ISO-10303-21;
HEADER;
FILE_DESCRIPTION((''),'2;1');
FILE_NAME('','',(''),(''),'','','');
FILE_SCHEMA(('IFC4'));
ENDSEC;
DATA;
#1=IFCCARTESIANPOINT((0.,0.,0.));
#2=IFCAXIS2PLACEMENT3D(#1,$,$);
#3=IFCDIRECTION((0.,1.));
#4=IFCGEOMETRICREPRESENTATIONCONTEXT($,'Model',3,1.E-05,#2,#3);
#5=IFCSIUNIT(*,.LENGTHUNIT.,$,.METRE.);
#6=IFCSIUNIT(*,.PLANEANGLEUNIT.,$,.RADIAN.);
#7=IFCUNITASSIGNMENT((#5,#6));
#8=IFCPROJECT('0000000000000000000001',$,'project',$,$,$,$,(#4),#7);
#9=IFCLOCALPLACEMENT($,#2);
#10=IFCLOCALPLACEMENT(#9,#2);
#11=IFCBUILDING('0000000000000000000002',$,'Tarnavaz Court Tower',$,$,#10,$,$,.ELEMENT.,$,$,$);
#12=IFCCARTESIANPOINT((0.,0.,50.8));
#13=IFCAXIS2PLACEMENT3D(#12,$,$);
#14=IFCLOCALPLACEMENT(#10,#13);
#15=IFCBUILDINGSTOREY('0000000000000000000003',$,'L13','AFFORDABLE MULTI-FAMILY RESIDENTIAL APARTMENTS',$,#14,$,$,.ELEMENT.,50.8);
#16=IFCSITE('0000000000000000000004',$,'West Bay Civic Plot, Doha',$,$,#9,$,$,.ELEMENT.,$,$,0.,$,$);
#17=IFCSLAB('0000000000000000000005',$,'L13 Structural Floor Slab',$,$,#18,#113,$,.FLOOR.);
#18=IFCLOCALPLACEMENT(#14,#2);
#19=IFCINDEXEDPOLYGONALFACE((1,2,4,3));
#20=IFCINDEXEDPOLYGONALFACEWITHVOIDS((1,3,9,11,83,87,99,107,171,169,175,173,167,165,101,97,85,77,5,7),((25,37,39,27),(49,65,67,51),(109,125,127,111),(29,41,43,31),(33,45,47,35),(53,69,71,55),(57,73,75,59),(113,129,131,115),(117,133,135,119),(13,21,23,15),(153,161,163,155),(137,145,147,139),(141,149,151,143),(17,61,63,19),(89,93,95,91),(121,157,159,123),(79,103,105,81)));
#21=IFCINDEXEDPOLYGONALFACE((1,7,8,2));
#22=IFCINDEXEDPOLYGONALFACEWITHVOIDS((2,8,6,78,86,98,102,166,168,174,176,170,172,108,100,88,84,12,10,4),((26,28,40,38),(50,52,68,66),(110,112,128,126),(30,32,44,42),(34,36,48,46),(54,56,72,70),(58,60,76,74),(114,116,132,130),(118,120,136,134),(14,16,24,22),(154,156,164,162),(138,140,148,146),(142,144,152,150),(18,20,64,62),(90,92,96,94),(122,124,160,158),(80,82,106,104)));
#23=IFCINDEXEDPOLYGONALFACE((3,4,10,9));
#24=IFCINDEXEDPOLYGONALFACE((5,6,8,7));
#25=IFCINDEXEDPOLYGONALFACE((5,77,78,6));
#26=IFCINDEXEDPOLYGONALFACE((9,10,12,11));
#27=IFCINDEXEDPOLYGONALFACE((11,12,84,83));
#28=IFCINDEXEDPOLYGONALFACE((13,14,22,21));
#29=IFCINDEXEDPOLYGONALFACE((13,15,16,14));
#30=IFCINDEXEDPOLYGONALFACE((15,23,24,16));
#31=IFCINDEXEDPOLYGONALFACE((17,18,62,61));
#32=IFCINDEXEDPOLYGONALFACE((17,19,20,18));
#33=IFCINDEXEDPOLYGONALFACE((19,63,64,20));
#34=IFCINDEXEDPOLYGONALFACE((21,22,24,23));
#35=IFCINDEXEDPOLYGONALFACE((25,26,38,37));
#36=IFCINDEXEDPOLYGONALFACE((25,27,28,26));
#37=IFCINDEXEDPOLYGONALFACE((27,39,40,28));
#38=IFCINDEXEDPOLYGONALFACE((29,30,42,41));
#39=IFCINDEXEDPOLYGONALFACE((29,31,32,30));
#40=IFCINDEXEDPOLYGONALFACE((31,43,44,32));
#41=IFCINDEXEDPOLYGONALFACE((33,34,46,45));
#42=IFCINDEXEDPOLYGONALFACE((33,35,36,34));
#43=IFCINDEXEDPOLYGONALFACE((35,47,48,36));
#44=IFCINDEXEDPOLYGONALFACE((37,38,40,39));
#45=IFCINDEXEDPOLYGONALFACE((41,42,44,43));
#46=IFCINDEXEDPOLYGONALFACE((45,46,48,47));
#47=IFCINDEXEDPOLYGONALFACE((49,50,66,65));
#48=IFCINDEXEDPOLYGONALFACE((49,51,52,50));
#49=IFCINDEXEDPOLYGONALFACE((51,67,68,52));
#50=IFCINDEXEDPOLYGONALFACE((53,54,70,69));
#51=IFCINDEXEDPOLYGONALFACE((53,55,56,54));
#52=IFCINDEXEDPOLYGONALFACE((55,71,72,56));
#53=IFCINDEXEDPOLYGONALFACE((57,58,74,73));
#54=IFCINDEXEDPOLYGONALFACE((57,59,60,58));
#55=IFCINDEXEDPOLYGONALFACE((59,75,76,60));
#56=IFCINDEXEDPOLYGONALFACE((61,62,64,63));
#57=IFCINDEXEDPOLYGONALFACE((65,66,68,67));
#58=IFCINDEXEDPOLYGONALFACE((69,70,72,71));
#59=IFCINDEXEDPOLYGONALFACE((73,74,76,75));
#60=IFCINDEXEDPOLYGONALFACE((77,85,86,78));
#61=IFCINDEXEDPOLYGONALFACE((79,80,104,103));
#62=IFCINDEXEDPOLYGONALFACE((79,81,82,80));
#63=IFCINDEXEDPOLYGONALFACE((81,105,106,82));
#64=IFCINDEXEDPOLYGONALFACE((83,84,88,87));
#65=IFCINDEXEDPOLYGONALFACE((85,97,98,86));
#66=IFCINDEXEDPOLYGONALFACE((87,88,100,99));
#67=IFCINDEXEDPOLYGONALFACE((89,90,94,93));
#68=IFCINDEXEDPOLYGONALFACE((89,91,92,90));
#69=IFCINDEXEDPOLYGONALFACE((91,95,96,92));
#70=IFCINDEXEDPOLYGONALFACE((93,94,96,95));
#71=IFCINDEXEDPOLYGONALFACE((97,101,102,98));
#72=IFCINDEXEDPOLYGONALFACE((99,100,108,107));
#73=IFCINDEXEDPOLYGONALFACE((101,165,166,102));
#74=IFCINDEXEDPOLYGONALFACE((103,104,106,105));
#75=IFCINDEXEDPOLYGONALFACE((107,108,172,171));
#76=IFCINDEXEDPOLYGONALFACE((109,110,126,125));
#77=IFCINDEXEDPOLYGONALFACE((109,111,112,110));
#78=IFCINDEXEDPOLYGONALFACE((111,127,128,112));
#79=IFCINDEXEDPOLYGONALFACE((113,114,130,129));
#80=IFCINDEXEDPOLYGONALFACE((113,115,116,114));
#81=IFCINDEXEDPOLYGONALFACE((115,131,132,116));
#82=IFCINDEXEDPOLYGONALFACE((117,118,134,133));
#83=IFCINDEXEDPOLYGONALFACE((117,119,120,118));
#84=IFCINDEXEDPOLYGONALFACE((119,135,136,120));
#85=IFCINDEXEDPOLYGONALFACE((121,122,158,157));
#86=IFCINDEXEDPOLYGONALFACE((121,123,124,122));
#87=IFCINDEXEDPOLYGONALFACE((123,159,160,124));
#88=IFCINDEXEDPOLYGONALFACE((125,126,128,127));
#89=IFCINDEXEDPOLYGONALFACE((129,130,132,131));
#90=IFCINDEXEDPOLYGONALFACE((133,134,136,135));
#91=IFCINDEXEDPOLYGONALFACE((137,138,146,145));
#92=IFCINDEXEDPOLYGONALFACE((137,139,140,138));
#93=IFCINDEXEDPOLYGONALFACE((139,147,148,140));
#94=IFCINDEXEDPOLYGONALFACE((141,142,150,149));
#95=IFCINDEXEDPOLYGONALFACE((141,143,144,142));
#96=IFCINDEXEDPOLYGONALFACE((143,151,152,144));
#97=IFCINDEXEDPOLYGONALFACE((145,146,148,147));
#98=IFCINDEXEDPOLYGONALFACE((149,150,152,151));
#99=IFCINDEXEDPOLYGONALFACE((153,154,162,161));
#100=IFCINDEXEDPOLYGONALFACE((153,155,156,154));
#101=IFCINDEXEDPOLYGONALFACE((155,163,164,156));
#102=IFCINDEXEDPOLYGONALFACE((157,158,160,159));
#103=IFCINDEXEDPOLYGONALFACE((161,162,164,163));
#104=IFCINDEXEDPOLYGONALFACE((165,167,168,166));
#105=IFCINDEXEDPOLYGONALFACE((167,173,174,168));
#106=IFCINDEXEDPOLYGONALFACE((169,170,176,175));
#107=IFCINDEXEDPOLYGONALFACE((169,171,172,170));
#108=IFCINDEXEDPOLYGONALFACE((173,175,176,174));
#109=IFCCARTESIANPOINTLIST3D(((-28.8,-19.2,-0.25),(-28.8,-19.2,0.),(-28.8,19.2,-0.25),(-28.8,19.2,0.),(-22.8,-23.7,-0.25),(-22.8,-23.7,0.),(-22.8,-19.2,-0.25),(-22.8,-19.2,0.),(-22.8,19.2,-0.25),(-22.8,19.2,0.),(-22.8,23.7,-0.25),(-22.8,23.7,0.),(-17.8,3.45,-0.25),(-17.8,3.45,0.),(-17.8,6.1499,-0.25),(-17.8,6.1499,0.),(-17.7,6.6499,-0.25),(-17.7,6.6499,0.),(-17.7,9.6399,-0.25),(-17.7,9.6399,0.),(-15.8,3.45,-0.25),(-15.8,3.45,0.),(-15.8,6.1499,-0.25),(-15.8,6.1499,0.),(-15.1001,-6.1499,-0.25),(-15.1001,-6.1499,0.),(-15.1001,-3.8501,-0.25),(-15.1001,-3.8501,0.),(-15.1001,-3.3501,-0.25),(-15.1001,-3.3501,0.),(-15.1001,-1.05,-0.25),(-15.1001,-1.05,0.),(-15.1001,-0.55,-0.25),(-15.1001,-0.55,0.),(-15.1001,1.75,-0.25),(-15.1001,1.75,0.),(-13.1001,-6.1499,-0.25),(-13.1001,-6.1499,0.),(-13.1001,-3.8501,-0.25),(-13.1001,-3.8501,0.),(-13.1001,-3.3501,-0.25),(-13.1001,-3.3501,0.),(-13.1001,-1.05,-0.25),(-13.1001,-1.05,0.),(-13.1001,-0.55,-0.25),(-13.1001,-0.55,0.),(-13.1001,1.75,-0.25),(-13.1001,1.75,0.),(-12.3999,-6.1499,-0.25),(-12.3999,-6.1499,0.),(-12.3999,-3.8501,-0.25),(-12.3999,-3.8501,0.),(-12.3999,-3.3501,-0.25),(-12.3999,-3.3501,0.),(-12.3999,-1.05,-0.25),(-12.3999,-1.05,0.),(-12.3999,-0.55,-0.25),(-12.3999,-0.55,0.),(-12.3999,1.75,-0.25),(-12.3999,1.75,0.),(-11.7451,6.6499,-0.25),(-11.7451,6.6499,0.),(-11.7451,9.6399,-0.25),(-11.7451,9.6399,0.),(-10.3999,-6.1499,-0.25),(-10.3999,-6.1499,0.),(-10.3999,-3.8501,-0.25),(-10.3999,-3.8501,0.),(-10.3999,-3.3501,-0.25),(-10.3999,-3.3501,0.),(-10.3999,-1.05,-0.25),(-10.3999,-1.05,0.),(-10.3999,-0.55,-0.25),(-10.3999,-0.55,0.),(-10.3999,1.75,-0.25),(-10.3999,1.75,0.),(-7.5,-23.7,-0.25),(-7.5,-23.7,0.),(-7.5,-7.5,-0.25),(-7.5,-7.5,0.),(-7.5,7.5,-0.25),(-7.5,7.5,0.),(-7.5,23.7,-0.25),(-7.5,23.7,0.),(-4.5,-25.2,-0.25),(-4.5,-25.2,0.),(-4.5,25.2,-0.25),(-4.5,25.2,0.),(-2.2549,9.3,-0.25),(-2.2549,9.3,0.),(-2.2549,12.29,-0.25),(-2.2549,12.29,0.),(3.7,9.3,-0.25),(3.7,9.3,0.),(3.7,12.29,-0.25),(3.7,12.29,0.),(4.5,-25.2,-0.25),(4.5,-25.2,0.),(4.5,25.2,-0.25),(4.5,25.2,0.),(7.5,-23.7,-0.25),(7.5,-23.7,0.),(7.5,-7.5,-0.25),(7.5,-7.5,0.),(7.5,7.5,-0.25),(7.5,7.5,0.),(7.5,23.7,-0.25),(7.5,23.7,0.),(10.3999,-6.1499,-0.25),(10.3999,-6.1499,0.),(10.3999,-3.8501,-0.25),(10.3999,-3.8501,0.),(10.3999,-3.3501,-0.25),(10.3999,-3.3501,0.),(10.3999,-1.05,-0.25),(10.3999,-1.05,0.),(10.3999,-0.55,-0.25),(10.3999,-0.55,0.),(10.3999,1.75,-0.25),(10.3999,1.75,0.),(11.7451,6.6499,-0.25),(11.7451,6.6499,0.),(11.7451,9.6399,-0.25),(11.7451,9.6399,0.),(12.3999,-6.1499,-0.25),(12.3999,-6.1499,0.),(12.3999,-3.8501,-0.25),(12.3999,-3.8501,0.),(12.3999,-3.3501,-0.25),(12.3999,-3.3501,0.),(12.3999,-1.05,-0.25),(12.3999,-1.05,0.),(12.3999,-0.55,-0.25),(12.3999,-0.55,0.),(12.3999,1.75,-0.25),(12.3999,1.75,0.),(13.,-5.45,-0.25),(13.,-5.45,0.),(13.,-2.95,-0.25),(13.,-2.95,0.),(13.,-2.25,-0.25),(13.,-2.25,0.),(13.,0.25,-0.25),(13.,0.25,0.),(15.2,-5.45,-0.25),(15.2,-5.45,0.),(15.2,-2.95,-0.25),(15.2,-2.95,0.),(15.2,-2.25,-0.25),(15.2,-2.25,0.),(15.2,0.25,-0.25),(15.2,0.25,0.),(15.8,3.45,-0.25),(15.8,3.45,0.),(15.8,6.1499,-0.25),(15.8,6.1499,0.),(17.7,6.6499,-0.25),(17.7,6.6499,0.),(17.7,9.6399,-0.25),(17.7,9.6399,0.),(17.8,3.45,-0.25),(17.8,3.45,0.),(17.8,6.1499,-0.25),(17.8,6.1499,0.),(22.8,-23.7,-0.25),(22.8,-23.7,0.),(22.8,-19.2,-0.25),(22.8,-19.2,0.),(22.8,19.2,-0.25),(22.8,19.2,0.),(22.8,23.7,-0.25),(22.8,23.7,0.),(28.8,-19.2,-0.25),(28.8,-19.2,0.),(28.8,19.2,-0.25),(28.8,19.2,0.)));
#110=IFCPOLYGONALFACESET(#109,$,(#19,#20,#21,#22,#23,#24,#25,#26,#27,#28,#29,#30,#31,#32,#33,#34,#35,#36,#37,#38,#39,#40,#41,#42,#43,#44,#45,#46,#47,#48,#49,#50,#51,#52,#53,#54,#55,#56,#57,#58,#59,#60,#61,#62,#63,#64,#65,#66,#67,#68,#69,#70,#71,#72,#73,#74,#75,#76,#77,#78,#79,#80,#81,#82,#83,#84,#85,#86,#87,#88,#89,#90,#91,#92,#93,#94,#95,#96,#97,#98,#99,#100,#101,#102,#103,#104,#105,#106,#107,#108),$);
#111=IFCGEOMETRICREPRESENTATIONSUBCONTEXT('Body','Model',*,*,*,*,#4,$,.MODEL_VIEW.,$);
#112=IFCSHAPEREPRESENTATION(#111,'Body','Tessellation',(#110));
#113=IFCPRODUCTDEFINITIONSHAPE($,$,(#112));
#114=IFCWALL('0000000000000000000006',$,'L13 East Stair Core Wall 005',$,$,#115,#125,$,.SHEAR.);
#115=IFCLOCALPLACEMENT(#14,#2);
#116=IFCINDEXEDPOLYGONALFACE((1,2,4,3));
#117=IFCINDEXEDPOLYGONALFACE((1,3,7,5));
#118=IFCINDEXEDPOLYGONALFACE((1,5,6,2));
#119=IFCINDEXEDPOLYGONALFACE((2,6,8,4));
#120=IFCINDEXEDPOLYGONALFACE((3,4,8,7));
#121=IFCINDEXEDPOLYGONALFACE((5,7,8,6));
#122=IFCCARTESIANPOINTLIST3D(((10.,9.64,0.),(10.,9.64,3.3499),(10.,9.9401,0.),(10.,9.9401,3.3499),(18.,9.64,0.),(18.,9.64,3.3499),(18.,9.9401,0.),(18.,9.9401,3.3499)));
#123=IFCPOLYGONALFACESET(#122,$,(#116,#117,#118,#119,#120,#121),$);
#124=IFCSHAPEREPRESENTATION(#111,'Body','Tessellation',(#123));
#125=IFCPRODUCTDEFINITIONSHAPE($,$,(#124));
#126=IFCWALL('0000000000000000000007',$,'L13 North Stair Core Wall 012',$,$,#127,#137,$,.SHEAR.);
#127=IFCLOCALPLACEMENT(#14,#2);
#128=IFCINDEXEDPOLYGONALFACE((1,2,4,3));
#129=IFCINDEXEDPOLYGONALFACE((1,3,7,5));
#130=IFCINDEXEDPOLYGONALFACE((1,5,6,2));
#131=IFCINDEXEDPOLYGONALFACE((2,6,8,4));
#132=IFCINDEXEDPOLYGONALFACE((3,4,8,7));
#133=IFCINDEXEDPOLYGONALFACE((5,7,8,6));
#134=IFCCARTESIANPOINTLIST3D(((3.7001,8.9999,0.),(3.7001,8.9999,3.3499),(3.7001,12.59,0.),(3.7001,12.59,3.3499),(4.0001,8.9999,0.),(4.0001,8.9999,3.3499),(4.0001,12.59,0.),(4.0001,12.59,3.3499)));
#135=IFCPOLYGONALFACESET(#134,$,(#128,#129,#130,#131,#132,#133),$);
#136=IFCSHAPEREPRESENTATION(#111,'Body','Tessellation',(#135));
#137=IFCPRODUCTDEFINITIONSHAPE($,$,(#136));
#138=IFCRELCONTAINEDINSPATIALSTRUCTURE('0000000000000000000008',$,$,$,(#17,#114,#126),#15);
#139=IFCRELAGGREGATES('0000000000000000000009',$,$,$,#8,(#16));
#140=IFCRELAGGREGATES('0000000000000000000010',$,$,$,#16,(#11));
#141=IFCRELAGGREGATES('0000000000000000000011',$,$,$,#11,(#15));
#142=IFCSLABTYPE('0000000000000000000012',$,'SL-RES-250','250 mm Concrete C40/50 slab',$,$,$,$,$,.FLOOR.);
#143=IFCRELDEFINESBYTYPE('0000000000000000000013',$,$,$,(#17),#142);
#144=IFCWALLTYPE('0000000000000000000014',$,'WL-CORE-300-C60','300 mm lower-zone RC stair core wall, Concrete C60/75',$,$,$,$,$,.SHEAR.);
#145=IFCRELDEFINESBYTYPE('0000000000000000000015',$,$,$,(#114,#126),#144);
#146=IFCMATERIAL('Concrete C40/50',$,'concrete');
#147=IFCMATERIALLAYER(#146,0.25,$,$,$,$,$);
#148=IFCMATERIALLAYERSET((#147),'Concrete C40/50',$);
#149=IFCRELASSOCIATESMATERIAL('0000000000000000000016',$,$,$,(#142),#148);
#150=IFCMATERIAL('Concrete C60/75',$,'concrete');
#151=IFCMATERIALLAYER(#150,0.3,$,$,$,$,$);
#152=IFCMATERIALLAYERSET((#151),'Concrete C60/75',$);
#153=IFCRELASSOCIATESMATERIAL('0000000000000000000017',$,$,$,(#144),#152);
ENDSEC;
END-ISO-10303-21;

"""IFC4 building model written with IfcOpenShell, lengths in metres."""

from ifc_helpers import new_model, si_unit, direction, frame, frame_2d, origin, place, context, subcontext, project, spatial, polyline, rectangle, outline, extrude, material, layer, layer_set, type_object, element, save


model = new_model("IFC4")

# Units and contexts
model_context = context("Model", 3, precision=1e-05, world=origin(), true_north=direction((0.0, 1.0)))
body_context = subcontext(model_context, "Body", "Model", "MODEL_VIEW")
ifc_project = project(units=[si_unit("LENGTHUNIT", "METRE"), si_unit("PLANEANGLEUNIT", "RADIAN")], contexts=[model_context])

# Site, building, storey
site_placement = place(None, origin())
site = spatial("IfcSite", under=ifc_project, at=site_placement, Name="West Bay Civic Plot, Doha", CompositionType="ELEMENT", RefElevation=0.0)
building_placement = place(site_placement, origin())
building = spatial("IfcBuilding", under=site, at=building_placement, Name="Tarnavaz Court Tower", CompositionType="ELEMENT")
storey_placement = place(building_placement, frame((0.0, 0.0, 50.8)))
storey = spatial("IfcBuildingStorey", under=building, at=storey_placement, Name="L13", Description="AFFORDABLE MULTI-FAMILY RESIDENTIAL APARTMENTS", CompositionType="ELEMENT", Elevation=50.8)

# Shared definitions
ifc_material_1 = material(Name="Concrete C60/75", Category="concrete")

# Shared definitions
ifc_material_2 = material(Name="Concrete C40/50", Category="concrete")

# Slab
ifc_layer_1 = layer(ifc_material_2, 0.25)
ifc_layer_set_1 = layer_set([ifc_layer_1], Name="Concrete C40/50")
slab_type_1 = type_object("IfcSlabType", Name="SL-RES-250", Description="250 mm Concrete C40/50 slab", PredefinedType="FLOOR", material=ifc_layer_set_1)
slab_1_placement = place(storey_placement, frame((0.0, 0.0, -0.25)))
element("IfcSlab", 1, at=slab_1_placement, inside=storey, type_object=slab_type_1, Name="L13 Structural Floor Slab", PredefinedType="FLOOR", context=body_context, shape_type="SweptSolid", body=[
    extrude(outline(polyline([(-22.8, -23.7), (-7.5, -23.7), (-4.5, -25.2), (4.5, -25.2), (7.5, -23.7), (22.8, -23.7), (22.8, -19.2), (28.8, -19.2), (28.8, 19.2), (22.8, 19.2), (22.8, 23.7), (7.5, 23.7), (4.5, 25.2), (-4.5, 25.2), (-7.5, 23.7), (-22.8, 23.7), (-22.8, 19.2), (-28.8, 19.2), (-28.8, -19.2), (-22.8, -19.2), (-22.8, -23.7)]), holes=[polyline([(-7.5, -7.5), (7.5, -7.5), (7.5, 7.5), (-7.5, 7.5), (-7.5, -7.5)]), polyline([(-11.7451, 9.6399), (-17.7, 9.6399), (-17.7, 6.6499), (-11.7451, 6.6499), (-11.7451, 9.6399)]), polyline([(11.7451, 6.6499), (17.7, 6.6499), (17.7, 9.6399), (11.7451, 9.6399), (11.7451, 6.6499)]), polyline([(-2.2549, 9.3), (3.7, 9.3), (3.7, 12.29), (-2.2549, 12.29), (-2.2549, 9.3)]), polyline([(-17.8, 3.45), (-15.8, 3.45), (-15.8, 6.1499), (-17.8, 6.1499), (-17.8, 3.45)]), polyline([(-12.3999, -6.1499), (-10.3999, -6.1499), (-10.3999, -3.8501), (-12.3999, -3.8501), (-12.3999, -6.1499)]), polyline([(-12.3999, -3.3501), (-10.3999, -3.3501), (-10.3999, -1.05), (-12.3999, -1.05), (-12.3999, -3.3501)]), polyline([(-12.3999, -0.55), (-10.3999, -0.55), (-10.3999, 1.75), (-12.3999, 1.75), (-12.3999, -0.55)]), polyline([(-15.1001, -6.1499), (-13.1001, -6.1499), (-13.1001, -3.8501), (-15.1001, -3.8501), (-15.1001, -6.1499)]), polyline([(-15.1001, -3.3501), (-13.1001, -3.3501), (-13.1001, -1.05), (-15.1001, -1.05), (-15.1001, -3.3501)]), polyline([(-15.1001, -0.55), (-13.1001, -0.55), (-13.1001, 1.75), (-15.1001, 1.75), (-15.1001, -0.55)]), polyline([(15.8, 3.45), (17.8, 3.45), (17.8, 6.1499), (15.8, 6.1499), (15.8, 3.45)]), polyline([(10.3999, -6.1499), (12.3999, -6.1499), (12.3999, -3.8501), (10.3999, -3.8501), (10.3999, -6.1499)]), polyline([(10.3999, -3.3501), (12.3999, -3.3501), (12.3999, -1.05), (10.3999, -1.05), (10.3999, -3.3501)]), polyline([(10.3999, -0.55), (12.3999, -0.55), (12.3999, 1.75), (10.3999, 1.75), (10.3999, -0.55)]), polyline([(13.0, -5.45), (15.2, -5.45), (15.2, -2.95), (13.0, -2.95), (13.0, -5.45)]), polyline([(13.0, -2.25), (15.2, -2.25), (15.2, 0.25), (13.0, 0.25), (13.0, -2.25)])]), origin(), (0.0, 0.0, 1.0), 0.25),
])

# Wall
ifc_layer_2 = layer(ifc_material_1, 0.3)
ifc_layer_set_2 = layer_set([ifc_layer_2], Name="Concrete C60/75")
wall_type_1 = type_object("IfcWallType", Name="WL-CORE-300-C60", Description="300 mm lower-zone RC stair core wall, Concrete C60/75", PredefinedType="SHEAR", material=ifc_layer_set_2)
wall_1_placement = place(storey_placement, frame((10.0, 9.79, 0.0), z_axis=(0.0, 0.0, 1.0), x_axis=(1.0, 0.0, 0.0)))
element("IfcWall", 2, at=wall_1_placement, inside=storey, type_object=wall_type_1, Name="L13 East Stair Core Wall 005", PredefinedType="SHEAR", context=body_context, shape_type="SweptSolid", body=[
    extrude(rectangle(XDim=8.0, YDim=0.3, at=frame_2d((4.0, 0.0))), origin(), (0.0, 0.0, 1.0), 3.3499),
])

# Wall
wall_2_placement = place(storey_placement, frame((3.8501, 9.0, 0.0), z_axis=(0.0, 0.0, 1.0), x_axis=(0.0, 1.0, 0.0)))
element("IfcWall", 3, at=wall_2_placement, inside=storey, type_object=wall_type_1, Name="L13 North Stair Core Wall 012", PredefinedType="SHEAR", context=body_context, shape_type="SweptSolid", body=[
    extrude(rectangle(XDim=3.5901, YDim=0.3, at=frame_2d((1.7949, 0.0))), origin(), (0.0, 0.0, 1.0), 3.3499),
])

save(model, "model.ifc")
